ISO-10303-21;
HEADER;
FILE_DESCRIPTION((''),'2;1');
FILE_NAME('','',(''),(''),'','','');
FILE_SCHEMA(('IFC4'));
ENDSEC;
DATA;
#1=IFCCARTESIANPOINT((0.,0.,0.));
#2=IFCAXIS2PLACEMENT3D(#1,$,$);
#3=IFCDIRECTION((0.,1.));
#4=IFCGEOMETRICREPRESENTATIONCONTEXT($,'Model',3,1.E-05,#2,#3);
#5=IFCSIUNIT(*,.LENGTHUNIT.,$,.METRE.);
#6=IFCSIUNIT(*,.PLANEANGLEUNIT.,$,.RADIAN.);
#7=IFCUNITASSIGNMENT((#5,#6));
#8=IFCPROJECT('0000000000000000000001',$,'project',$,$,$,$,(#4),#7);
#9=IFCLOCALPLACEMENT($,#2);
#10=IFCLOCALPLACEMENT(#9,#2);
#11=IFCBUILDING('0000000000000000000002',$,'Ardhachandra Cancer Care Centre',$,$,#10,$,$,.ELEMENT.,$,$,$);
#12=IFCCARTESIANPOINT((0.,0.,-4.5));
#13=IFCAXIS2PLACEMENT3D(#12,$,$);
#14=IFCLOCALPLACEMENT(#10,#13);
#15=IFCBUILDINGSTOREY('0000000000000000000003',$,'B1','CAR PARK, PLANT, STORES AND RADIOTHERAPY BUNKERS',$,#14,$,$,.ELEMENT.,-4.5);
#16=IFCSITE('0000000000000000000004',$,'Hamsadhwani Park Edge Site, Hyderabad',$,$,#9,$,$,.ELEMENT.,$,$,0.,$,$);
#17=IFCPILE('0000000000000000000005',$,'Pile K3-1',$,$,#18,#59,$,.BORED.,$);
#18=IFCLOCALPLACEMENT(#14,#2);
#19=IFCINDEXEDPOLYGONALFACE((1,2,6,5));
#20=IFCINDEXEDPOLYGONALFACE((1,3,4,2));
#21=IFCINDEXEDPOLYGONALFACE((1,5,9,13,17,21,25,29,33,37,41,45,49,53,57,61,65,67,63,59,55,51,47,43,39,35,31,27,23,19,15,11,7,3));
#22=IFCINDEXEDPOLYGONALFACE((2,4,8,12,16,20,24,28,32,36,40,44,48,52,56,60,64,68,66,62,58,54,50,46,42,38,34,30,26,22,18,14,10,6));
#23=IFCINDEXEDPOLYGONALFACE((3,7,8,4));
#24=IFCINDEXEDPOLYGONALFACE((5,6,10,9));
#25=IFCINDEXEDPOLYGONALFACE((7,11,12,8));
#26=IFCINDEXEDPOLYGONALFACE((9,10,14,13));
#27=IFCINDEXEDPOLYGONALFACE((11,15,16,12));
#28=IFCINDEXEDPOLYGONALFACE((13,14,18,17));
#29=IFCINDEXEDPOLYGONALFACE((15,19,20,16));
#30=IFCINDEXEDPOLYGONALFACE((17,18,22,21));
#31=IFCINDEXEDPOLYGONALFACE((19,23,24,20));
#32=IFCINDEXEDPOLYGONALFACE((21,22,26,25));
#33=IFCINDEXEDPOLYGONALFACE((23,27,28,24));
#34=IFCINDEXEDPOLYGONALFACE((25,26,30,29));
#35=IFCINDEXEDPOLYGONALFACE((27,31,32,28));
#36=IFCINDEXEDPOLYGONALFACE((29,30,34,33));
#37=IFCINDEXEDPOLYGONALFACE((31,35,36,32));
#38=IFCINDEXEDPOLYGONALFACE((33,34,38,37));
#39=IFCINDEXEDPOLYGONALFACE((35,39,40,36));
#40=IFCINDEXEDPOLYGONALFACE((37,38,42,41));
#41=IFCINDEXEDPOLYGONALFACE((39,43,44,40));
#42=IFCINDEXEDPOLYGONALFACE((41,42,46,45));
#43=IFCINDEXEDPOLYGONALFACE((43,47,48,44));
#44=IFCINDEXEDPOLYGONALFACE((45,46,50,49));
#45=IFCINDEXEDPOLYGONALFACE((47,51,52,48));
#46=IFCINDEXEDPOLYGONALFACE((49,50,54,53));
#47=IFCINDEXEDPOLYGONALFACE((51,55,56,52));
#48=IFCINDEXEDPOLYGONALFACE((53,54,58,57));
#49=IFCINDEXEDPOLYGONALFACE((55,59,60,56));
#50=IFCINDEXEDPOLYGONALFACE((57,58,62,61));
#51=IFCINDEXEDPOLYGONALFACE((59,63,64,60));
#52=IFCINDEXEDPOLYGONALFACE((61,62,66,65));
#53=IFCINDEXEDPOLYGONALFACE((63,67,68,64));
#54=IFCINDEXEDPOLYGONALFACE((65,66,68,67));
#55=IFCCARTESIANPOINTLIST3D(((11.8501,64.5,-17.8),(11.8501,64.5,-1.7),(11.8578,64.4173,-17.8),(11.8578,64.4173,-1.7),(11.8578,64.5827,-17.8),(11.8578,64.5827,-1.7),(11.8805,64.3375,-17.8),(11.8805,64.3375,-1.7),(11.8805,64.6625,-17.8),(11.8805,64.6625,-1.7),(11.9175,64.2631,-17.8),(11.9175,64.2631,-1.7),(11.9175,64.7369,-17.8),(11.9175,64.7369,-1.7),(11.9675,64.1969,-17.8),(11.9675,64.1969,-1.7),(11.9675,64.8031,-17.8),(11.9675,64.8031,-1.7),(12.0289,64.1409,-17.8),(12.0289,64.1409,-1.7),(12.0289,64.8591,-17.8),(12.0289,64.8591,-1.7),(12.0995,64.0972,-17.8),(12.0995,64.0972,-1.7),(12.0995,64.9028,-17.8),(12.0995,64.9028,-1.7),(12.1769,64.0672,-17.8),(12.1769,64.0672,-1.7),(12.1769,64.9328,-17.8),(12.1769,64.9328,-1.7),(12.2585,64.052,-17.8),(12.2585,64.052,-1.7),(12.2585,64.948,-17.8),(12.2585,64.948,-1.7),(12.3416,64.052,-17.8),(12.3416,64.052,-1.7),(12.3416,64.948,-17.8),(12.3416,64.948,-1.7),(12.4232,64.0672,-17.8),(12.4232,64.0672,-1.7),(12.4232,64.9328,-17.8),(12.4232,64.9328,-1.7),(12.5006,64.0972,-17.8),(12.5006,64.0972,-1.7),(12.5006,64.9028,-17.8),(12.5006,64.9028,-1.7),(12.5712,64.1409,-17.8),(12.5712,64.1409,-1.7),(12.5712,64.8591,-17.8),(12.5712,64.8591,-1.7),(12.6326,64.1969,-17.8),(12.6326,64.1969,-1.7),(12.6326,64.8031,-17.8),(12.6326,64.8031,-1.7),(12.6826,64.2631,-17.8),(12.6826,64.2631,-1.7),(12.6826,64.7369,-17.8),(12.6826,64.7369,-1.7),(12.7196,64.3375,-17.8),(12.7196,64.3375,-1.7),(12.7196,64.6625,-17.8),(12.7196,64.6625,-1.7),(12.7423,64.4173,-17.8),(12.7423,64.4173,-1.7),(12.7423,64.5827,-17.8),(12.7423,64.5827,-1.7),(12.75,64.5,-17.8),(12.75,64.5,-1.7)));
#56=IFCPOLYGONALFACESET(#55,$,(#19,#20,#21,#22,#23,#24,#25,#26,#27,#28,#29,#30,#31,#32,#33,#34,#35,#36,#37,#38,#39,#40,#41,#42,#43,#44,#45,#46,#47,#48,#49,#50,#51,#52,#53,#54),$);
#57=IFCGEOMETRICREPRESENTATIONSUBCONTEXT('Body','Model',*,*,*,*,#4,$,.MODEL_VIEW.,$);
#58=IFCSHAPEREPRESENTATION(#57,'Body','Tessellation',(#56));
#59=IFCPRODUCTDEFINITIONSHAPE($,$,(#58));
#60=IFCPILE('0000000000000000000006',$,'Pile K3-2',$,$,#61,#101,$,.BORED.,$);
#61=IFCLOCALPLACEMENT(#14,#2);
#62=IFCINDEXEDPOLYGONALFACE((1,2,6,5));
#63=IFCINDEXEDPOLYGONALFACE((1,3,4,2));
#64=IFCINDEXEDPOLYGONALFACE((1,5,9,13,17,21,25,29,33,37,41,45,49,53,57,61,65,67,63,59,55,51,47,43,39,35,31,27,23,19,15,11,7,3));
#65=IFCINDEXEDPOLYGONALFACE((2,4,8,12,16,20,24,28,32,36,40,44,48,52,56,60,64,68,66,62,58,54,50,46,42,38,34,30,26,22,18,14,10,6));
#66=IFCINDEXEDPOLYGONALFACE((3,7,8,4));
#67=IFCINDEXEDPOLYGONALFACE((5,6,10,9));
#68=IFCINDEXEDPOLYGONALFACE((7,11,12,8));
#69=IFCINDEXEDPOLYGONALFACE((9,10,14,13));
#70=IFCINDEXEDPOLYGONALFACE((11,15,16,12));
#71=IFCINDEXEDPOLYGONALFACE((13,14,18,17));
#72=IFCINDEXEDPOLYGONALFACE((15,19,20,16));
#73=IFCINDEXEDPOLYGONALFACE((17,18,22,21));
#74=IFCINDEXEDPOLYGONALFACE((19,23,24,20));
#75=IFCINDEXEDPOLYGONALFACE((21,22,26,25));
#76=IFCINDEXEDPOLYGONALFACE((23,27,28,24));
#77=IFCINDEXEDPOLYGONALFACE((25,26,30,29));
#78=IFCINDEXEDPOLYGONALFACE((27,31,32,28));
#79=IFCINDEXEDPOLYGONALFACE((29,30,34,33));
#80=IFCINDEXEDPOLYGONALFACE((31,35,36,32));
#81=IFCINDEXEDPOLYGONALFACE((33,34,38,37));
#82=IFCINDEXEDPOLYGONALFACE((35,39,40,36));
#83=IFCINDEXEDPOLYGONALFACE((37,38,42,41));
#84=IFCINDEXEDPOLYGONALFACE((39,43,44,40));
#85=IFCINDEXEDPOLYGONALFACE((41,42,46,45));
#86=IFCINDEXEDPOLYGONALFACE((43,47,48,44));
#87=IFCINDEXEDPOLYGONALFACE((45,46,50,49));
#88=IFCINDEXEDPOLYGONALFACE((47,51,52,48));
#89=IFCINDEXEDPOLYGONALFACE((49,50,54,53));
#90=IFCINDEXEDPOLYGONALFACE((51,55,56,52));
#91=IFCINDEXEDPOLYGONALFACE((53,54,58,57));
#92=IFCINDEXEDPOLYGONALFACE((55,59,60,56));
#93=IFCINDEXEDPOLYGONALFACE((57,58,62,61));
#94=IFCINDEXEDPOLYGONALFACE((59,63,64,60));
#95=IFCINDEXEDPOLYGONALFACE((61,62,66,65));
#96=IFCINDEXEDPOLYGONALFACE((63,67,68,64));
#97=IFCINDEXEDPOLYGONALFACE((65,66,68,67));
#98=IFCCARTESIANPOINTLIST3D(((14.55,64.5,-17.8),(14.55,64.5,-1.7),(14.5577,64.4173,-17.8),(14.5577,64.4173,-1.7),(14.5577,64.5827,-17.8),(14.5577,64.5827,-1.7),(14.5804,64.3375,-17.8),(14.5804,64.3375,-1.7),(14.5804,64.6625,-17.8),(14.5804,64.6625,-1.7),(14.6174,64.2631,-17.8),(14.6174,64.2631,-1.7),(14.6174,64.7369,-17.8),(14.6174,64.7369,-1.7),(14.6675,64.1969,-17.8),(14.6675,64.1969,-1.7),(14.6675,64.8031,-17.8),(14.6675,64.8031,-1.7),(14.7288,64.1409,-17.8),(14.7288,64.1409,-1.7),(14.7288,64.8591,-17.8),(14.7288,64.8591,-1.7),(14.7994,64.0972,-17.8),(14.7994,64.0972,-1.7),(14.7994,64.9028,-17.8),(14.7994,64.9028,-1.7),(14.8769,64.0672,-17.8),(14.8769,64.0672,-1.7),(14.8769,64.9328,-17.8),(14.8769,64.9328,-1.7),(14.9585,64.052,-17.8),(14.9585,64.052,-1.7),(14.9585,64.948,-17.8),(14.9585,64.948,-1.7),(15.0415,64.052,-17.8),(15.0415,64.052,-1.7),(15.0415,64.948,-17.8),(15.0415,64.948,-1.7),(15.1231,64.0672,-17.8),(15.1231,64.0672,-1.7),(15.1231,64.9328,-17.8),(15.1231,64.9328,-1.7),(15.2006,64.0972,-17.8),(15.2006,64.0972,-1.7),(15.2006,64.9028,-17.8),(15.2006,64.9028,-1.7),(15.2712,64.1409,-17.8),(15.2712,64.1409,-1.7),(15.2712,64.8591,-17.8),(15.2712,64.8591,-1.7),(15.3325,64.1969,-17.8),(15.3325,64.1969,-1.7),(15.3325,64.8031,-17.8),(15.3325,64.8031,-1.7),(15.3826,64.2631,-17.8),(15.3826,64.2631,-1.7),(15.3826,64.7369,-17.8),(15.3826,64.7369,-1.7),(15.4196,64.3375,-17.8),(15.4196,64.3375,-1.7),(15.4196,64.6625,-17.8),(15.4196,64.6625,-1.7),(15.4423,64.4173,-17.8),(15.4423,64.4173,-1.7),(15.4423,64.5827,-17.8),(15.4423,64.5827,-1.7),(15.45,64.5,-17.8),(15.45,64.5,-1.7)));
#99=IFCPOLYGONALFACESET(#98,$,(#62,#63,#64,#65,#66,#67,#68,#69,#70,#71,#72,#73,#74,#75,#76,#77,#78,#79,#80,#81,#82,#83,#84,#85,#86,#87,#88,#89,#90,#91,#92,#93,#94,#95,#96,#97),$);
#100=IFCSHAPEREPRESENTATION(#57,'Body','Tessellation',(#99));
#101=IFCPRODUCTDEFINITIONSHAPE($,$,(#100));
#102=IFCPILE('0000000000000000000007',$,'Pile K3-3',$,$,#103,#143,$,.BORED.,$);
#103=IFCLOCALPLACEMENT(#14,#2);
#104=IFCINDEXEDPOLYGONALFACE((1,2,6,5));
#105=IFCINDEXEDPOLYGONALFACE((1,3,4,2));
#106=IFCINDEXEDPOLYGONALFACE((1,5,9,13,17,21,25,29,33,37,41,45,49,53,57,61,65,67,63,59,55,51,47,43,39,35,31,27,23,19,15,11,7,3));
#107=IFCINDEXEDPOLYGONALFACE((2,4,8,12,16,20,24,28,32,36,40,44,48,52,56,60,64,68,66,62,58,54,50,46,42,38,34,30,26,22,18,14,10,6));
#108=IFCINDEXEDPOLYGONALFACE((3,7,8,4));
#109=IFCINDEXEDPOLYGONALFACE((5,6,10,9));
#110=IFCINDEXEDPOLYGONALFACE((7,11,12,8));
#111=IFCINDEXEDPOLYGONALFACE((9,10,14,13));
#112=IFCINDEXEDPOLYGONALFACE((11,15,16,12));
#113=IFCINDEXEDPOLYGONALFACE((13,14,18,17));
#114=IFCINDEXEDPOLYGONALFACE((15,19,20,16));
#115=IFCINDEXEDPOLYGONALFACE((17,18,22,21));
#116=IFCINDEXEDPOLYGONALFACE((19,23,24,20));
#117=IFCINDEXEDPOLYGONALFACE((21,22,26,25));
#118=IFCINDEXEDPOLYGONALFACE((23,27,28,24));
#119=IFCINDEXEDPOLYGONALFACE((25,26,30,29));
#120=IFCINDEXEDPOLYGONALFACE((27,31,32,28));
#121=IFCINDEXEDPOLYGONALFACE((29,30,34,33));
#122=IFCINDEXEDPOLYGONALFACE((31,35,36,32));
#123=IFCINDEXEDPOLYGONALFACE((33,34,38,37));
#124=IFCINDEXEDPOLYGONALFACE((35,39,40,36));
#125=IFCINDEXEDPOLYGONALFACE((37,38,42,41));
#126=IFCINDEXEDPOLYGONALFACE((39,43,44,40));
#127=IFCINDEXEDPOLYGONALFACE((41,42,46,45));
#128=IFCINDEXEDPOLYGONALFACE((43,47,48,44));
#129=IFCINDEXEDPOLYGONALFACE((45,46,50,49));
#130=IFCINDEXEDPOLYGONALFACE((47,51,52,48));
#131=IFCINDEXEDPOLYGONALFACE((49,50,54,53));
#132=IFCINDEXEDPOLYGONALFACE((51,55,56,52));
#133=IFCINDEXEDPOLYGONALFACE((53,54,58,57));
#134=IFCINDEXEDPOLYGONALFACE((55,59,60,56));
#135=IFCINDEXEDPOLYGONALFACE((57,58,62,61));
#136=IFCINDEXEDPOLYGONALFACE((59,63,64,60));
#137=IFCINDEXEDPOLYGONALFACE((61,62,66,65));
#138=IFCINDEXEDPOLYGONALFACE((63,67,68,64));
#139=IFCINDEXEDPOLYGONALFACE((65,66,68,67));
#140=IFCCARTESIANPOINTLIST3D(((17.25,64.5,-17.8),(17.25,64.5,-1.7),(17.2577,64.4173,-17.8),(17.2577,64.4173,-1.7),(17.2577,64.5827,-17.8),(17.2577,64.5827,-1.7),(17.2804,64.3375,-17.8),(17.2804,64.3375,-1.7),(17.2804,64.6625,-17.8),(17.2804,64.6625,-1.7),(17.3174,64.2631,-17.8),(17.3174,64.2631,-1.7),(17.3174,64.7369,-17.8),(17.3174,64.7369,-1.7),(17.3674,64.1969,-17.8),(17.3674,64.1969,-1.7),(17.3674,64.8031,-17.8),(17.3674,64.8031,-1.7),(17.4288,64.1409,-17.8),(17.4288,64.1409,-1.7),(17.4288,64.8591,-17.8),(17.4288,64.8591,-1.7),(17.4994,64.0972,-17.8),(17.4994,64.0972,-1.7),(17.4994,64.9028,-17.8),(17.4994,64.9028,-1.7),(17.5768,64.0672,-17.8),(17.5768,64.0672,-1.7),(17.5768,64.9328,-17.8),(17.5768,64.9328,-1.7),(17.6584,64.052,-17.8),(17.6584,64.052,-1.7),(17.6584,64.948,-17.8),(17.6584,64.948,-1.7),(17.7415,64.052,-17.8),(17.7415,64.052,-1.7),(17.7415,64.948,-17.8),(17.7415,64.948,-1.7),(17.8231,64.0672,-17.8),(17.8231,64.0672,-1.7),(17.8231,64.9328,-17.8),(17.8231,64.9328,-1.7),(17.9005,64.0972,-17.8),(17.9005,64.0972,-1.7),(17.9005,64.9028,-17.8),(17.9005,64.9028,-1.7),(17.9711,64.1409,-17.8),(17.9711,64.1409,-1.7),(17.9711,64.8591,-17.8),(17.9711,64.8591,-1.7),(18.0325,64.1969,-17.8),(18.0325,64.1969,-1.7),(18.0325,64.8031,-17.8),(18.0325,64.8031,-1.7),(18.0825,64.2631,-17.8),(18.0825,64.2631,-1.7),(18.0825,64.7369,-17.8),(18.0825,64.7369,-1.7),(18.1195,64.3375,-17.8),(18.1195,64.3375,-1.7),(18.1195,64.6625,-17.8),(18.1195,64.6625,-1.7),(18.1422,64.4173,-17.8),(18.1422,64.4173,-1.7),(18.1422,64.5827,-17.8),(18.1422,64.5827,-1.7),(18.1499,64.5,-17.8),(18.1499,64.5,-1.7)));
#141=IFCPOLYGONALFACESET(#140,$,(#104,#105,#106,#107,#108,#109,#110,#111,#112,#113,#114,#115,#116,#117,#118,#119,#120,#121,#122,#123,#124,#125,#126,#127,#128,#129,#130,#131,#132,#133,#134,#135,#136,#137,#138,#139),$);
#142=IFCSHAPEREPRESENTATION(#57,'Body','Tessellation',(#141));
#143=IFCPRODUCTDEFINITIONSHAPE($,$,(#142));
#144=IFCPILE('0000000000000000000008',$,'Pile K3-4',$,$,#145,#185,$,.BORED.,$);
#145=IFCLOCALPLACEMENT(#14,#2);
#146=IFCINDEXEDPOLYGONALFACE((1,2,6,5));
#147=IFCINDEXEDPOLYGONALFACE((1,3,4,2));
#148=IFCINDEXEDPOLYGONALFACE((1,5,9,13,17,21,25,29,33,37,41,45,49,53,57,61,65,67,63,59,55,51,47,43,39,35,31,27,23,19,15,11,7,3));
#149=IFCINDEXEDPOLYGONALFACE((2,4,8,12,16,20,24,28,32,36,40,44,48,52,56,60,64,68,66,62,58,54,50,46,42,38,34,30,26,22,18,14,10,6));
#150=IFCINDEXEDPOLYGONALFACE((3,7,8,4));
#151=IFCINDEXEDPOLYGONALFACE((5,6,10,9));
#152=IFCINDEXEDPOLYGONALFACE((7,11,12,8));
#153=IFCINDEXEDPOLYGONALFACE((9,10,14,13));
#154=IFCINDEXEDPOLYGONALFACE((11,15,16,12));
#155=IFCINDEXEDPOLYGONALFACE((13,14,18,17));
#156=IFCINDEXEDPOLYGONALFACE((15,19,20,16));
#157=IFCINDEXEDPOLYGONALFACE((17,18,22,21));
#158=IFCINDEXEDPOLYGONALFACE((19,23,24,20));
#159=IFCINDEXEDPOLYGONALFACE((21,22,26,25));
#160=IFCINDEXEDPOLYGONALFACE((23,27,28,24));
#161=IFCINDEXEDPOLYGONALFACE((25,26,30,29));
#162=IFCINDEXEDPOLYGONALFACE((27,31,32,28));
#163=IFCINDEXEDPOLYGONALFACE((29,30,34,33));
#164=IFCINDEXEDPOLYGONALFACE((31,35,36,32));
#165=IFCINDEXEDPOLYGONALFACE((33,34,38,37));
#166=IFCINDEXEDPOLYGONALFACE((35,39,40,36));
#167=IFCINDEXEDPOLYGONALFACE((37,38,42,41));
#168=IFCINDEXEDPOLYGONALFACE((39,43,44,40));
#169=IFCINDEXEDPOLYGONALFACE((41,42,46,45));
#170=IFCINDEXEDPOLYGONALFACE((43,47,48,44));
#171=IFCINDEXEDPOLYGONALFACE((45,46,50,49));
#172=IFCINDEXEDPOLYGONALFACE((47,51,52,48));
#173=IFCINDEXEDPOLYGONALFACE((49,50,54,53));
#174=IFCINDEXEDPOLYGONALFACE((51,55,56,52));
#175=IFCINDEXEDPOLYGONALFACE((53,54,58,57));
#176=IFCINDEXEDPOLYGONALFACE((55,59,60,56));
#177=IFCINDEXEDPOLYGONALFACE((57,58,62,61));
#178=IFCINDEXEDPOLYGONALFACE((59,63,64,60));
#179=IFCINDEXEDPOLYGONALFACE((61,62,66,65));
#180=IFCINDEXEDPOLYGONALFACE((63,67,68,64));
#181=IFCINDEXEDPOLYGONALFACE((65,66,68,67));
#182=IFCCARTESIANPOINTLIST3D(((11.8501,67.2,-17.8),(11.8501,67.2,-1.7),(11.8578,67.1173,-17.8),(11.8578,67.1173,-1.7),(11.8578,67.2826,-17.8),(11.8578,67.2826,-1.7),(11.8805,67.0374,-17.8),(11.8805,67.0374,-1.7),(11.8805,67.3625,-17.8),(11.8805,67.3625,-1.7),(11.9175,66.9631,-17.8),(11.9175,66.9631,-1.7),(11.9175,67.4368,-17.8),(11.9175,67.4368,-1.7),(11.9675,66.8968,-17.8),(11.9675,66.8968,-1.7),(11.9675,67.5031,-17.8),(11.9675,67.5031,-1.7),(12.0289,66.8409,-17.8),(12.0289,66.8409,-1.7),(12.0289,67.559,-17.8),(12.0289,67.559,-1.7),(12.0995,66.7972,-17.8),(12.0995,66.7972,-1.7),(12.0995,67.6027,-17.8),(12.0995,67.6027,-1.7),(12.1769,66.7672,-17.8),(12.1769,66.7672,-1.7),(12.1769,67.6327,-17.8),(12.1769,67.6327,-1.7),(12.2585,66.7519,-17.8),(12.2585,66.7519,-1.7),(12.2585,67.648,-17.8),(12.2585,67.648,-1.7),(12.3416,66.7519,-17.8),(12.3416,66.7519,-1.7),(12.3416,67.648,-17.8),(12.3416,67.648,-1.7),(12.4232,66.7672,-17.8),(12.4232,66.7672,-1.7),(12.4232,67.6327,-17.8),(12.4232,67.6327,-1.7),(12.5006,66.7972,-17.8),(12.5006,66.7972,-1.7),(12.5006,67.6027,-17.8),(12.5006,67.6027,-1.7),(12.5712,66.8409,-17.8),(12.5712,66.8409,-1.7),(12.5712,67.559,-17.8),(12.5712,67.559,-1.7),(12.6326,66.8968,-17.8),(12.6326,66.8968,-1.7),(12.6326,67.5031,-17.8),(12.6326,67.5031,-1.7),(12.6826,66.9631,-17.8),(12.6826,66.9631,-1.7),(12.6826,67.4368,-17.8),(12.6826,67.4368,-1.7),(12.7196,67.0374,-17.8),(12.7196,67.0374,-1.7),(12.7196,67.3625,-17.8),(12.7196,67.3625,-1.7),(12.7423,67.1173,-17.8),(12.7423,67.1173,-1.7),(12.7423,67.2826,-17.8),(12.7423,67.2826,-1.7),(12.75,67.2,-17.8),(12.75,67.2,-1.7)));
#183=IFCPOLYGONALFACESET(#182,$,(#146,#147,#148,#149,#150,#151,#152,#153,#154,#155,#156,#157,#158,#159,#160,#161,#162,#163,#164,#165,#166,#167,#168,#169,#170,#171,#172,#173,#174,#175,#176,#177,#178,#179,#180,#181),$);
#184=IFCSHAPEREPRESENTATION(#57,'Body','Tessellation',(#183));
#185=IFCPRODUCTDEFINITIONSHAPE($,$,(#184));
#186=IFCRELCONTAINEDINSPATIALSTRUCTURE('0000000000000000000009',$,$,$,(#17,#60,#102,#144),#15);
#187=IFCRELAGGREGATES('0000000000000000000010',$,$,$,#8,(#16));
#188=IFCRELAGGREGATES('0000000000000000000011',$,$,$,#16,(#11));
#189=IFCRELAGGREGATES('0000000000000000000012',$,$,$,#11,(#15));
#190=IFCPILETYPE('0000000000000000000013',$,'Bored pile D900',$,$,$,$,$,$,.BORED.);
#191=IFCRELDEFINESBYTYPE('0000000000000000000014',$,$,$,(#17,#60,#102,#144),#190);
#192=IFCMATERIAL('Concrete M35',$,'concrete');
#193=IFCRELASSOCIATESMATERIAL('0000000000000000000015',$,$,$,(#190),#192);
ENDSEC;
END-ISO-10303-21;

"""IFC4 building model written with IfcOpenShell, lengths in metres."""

from ifc_helpers import new_model, si_unit, direction, frame, origin, origin_2d, place, context, subcontext, project, spatial, circle, extrude, material, material_profile, profile_set, type_object, element, save


model = new_model("IFC4")

# Units and contexts
model_context = context("Model", 3, precision=1e-05, world=origin(), true_north=direction((0.0, 1.0)))
body_context = subcontext(model_context, "Body", "Model", "MODEL_VIEW")
ifc_project = project(units=[si_unit("LENGTHUNIT", "METRE"), si_unit("PLANEANGLEUNIT", "RADIAN")], contexts=[model_context])

# Site, building, storey
site_placement = place(None, origin())
site = spatial("IfcSite", under=ifc_project, at=site_placement, Name="Hamsadhwani Park Edge Site, Hyderabad", CompositionType="ELEMENT", RefElevation=0.0)
building_placement = place(site_placement, origin())
building = spatial("IfcBuilding", under=site, at=building_placement, Name="Ardhachandra Cancer Care Centre", CompositionType="ELEMENT")
storey_placement = place(building_placement, frame((0.0, 0.0, -4.5)))
storey = spatial("IfcBuildingStorey", under=building, at=storey_placement, Name="B1", Description="CAR PARK, PLANT, STORES AND RADIOTHERAPY BUNKERS", CompositionType="ELEMENT", Elevation=-4.5)

# Piles
ifc_material_1 = material(Name="Concrete M35", Category="concrete")
ifc_material_profile = material_profile(ifc_material_1, circle(Radius=0.45, at=origin_2d()), Name="D900")
ifc_profile_set = profile_set([ifc_material_profile], Name="Concrete M35")
pile_type = type_object("IfcPileType", Name="Bored pile D900", PredefinedType="BORED", material=ifc_profile_set)
for number, where, z_axis, x_axis, name in (
    (1, (12.3, 64.5, -1.7), (0.0, 0.0, -1.0), (1.0, 0.0, 0.0), "Pile K3-1"),
    (2, (15.0, 64.5, -1.7), (0.0, 0.0, -1.0), (1.0, 0.0, 0.0), "Pile K3-2"),
    (3, (17.7, 64.5, -1.7), (0.0, 0.0, -1.0), (1.0, 0.0, 0.0), "Pile K3-3"),
    (4, (12.3, 67.2, -1.7), (0.0, 0.0, -1.0), (1.0, 0.0, 0.0), "Pile K3-4"),
):
    element("IfcPile", number, at=place(storey_placement, frame(where, z_axis=z_axis, x_axis=x_axis)), inside=storey, type_object=pile_type, Name=name, PredefinedType="BORED", context=body_context, shape_type="SweptSolid", body=[
        extrude(circle(Radius=0.45, at=origin_2d()), origin(), (0.0, 0.0, 1.0), 16.1001),
    ])

save(model, "model.ifc")
